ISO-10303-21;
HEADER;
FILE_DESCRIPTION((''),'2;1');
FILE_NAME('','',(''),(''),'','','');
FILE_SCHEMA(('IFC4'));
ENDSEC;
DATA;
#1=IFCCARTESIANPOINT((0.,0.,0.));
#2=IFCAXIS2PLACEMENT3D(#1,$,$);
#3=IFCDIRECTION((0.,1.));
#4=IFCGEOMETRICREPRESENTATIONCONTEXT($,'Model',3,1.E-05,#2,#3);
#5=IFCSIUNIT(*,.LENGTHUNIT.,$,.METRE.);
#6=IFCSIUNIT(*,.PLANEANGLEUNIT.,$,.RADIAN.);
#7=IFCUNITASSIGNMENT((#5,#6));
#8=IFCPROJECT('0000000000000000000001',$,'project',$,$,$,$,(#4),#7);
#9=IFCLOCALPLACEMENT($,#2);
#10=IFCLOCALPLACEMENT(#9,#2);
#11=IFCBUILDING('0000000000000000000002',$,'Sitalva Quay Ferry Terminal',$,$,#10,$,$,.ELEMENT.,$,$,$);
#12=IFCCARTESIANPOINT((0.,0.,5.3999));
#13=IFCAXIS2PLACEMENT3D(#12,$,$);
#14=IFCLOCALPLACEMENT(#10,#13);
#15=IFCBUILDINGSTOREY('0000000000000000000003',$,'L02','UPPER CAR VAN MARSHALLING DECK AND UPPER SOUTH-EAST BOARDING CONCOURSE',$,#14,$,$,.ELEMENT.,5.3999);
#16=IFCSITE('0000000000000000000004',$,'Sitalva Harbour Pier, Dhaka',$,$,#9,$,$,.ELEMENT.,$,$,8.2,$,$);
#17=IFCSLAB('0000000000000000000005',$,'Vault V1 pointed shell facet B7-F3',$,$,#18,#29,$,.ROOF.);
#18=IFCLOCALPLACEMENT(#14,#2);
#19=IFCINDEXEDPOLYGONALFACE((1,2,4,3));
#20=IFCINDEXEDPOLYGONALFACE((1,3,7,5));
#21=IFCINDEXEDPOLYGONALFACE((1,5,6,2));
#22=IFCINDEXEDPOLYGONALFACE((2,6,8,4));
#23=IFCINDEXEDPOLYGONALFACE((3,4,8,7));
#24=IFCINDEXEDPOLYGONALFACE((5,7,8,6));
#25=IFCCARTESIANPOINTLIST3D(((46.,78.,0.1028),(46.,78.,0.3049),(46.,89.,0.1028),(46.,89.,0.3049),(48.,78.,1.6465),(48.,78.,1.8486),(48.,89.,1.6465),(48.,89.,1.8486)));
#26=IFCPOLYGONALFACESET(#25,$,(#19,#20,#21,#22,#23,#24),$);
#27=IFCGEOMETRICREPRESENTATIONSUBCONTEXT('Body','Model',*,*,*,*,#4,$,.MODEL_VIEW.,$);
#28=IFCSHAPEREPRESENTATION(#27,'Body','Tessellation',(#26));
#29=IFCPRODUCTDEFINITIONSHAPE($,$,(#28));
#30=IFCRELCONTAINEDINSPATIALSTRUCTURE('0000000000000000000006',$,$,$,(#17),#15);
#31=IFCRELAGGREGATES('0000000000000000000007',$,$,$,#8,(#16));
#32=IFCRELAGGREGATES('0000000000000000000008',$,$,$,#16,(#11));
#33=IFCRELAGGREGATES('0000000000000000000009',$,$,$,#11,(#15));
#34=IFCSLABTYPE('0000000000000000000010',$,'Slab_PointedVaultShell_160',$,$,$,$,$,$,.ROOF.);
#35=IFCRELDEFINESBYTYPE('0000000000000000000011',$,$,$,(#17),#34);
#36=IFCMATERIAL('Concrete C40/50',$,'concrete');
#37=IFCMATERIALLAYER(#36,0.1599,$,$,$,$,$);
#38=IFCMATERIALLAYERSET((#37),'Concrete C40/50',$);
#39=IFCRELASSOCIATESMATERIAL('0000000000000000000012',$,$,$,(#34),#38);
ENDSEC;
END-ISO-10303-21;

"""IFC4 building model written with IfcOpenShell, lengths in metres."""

from ifc_helpers import new_model, si_unit, direction, frame, origin, place, context, subcontext, project, spatial, polyline, outline, extrude, material, layer, layer_set, type_object, element, save


model = new_model("IFC4")

# Units and contexts
model_context = context("Model", 3, precision=1e-05, world=origin(), true_north=direction((0.0, 1.0)))
body_context = subcontext(model_context, "Body", "Model", "MODEL_VIEW")
ifc_project = project(units=[si_unit("LENGTHUNIT", "METRE"), si_unit("PLANEANGLEUNIT", "RADIAN")], contexts=[model_context])

# Site, building, storey
site_placement = place(None, origin())
site = spatial("IfcSite", under=ifc_project, at=site_placement, Name="Sitalva Harbour Pier, Dhaka", CompositionType="ELEMENT", RefElevation=8.2)
building_placement = place(site_placement, origin())
building = spatial("IfcBuilding", under=site, at=building_placement, Name="Sitalva Quay Ferry Terminal", CompositionType="ELEMENT")
storey_placement = place(building_placement, frame((0.0, 0.0, 5.3999)))
storey = spatial("IfcBuildingStorey", under=building, at=storey_placement, Name="L02", Description="UPPER CAR VAN MARSHALLING DECK AND UPPER SOUTH-EAST BOARDING CONCOURSE", CompositionType="ELEMENT", Elevation=5.3999)

# Slab
ifc_material_1 = material(Name="Concrete C40/50", Category="concrete")
ifc_layer_1 = layer(ifc_material_1, 0.1599)
ifc_layer_set_1 = layer_set([ifc_layer_1], Name="Concrete C40/50")
slab_type = type_object("IfcSlabType", Name="Slab_PointedVaultShell_160", PredefinedType="ROOF", material=ifc_layer_set_1)
slab_placement = place(storey_placement, frame((46.0, 78.0, 0.3049), z_axis=(-0.611013, 0.0, 0.791621), x_axis=(0.791621, 0.0, 0.611013)))
element("IfcSlab", 1, at=slab_placement, inside=storey, type_object=slab_type, Name="Vault V1 pointed shell facet B7-F3", PredefinedType="ROOF", context=body_context, shape_type="SweptSolid", body=[
    extrude(outline(polyline([(0.0, 0.0), (2.5265, 0.0), (2.5265, 11.0), (0.0, 11.0), (0.0, 0.0)])), origin(), (-0.611013, 0.0, -0.791621), 0.2021),
])

save(model, "model.ifc")
